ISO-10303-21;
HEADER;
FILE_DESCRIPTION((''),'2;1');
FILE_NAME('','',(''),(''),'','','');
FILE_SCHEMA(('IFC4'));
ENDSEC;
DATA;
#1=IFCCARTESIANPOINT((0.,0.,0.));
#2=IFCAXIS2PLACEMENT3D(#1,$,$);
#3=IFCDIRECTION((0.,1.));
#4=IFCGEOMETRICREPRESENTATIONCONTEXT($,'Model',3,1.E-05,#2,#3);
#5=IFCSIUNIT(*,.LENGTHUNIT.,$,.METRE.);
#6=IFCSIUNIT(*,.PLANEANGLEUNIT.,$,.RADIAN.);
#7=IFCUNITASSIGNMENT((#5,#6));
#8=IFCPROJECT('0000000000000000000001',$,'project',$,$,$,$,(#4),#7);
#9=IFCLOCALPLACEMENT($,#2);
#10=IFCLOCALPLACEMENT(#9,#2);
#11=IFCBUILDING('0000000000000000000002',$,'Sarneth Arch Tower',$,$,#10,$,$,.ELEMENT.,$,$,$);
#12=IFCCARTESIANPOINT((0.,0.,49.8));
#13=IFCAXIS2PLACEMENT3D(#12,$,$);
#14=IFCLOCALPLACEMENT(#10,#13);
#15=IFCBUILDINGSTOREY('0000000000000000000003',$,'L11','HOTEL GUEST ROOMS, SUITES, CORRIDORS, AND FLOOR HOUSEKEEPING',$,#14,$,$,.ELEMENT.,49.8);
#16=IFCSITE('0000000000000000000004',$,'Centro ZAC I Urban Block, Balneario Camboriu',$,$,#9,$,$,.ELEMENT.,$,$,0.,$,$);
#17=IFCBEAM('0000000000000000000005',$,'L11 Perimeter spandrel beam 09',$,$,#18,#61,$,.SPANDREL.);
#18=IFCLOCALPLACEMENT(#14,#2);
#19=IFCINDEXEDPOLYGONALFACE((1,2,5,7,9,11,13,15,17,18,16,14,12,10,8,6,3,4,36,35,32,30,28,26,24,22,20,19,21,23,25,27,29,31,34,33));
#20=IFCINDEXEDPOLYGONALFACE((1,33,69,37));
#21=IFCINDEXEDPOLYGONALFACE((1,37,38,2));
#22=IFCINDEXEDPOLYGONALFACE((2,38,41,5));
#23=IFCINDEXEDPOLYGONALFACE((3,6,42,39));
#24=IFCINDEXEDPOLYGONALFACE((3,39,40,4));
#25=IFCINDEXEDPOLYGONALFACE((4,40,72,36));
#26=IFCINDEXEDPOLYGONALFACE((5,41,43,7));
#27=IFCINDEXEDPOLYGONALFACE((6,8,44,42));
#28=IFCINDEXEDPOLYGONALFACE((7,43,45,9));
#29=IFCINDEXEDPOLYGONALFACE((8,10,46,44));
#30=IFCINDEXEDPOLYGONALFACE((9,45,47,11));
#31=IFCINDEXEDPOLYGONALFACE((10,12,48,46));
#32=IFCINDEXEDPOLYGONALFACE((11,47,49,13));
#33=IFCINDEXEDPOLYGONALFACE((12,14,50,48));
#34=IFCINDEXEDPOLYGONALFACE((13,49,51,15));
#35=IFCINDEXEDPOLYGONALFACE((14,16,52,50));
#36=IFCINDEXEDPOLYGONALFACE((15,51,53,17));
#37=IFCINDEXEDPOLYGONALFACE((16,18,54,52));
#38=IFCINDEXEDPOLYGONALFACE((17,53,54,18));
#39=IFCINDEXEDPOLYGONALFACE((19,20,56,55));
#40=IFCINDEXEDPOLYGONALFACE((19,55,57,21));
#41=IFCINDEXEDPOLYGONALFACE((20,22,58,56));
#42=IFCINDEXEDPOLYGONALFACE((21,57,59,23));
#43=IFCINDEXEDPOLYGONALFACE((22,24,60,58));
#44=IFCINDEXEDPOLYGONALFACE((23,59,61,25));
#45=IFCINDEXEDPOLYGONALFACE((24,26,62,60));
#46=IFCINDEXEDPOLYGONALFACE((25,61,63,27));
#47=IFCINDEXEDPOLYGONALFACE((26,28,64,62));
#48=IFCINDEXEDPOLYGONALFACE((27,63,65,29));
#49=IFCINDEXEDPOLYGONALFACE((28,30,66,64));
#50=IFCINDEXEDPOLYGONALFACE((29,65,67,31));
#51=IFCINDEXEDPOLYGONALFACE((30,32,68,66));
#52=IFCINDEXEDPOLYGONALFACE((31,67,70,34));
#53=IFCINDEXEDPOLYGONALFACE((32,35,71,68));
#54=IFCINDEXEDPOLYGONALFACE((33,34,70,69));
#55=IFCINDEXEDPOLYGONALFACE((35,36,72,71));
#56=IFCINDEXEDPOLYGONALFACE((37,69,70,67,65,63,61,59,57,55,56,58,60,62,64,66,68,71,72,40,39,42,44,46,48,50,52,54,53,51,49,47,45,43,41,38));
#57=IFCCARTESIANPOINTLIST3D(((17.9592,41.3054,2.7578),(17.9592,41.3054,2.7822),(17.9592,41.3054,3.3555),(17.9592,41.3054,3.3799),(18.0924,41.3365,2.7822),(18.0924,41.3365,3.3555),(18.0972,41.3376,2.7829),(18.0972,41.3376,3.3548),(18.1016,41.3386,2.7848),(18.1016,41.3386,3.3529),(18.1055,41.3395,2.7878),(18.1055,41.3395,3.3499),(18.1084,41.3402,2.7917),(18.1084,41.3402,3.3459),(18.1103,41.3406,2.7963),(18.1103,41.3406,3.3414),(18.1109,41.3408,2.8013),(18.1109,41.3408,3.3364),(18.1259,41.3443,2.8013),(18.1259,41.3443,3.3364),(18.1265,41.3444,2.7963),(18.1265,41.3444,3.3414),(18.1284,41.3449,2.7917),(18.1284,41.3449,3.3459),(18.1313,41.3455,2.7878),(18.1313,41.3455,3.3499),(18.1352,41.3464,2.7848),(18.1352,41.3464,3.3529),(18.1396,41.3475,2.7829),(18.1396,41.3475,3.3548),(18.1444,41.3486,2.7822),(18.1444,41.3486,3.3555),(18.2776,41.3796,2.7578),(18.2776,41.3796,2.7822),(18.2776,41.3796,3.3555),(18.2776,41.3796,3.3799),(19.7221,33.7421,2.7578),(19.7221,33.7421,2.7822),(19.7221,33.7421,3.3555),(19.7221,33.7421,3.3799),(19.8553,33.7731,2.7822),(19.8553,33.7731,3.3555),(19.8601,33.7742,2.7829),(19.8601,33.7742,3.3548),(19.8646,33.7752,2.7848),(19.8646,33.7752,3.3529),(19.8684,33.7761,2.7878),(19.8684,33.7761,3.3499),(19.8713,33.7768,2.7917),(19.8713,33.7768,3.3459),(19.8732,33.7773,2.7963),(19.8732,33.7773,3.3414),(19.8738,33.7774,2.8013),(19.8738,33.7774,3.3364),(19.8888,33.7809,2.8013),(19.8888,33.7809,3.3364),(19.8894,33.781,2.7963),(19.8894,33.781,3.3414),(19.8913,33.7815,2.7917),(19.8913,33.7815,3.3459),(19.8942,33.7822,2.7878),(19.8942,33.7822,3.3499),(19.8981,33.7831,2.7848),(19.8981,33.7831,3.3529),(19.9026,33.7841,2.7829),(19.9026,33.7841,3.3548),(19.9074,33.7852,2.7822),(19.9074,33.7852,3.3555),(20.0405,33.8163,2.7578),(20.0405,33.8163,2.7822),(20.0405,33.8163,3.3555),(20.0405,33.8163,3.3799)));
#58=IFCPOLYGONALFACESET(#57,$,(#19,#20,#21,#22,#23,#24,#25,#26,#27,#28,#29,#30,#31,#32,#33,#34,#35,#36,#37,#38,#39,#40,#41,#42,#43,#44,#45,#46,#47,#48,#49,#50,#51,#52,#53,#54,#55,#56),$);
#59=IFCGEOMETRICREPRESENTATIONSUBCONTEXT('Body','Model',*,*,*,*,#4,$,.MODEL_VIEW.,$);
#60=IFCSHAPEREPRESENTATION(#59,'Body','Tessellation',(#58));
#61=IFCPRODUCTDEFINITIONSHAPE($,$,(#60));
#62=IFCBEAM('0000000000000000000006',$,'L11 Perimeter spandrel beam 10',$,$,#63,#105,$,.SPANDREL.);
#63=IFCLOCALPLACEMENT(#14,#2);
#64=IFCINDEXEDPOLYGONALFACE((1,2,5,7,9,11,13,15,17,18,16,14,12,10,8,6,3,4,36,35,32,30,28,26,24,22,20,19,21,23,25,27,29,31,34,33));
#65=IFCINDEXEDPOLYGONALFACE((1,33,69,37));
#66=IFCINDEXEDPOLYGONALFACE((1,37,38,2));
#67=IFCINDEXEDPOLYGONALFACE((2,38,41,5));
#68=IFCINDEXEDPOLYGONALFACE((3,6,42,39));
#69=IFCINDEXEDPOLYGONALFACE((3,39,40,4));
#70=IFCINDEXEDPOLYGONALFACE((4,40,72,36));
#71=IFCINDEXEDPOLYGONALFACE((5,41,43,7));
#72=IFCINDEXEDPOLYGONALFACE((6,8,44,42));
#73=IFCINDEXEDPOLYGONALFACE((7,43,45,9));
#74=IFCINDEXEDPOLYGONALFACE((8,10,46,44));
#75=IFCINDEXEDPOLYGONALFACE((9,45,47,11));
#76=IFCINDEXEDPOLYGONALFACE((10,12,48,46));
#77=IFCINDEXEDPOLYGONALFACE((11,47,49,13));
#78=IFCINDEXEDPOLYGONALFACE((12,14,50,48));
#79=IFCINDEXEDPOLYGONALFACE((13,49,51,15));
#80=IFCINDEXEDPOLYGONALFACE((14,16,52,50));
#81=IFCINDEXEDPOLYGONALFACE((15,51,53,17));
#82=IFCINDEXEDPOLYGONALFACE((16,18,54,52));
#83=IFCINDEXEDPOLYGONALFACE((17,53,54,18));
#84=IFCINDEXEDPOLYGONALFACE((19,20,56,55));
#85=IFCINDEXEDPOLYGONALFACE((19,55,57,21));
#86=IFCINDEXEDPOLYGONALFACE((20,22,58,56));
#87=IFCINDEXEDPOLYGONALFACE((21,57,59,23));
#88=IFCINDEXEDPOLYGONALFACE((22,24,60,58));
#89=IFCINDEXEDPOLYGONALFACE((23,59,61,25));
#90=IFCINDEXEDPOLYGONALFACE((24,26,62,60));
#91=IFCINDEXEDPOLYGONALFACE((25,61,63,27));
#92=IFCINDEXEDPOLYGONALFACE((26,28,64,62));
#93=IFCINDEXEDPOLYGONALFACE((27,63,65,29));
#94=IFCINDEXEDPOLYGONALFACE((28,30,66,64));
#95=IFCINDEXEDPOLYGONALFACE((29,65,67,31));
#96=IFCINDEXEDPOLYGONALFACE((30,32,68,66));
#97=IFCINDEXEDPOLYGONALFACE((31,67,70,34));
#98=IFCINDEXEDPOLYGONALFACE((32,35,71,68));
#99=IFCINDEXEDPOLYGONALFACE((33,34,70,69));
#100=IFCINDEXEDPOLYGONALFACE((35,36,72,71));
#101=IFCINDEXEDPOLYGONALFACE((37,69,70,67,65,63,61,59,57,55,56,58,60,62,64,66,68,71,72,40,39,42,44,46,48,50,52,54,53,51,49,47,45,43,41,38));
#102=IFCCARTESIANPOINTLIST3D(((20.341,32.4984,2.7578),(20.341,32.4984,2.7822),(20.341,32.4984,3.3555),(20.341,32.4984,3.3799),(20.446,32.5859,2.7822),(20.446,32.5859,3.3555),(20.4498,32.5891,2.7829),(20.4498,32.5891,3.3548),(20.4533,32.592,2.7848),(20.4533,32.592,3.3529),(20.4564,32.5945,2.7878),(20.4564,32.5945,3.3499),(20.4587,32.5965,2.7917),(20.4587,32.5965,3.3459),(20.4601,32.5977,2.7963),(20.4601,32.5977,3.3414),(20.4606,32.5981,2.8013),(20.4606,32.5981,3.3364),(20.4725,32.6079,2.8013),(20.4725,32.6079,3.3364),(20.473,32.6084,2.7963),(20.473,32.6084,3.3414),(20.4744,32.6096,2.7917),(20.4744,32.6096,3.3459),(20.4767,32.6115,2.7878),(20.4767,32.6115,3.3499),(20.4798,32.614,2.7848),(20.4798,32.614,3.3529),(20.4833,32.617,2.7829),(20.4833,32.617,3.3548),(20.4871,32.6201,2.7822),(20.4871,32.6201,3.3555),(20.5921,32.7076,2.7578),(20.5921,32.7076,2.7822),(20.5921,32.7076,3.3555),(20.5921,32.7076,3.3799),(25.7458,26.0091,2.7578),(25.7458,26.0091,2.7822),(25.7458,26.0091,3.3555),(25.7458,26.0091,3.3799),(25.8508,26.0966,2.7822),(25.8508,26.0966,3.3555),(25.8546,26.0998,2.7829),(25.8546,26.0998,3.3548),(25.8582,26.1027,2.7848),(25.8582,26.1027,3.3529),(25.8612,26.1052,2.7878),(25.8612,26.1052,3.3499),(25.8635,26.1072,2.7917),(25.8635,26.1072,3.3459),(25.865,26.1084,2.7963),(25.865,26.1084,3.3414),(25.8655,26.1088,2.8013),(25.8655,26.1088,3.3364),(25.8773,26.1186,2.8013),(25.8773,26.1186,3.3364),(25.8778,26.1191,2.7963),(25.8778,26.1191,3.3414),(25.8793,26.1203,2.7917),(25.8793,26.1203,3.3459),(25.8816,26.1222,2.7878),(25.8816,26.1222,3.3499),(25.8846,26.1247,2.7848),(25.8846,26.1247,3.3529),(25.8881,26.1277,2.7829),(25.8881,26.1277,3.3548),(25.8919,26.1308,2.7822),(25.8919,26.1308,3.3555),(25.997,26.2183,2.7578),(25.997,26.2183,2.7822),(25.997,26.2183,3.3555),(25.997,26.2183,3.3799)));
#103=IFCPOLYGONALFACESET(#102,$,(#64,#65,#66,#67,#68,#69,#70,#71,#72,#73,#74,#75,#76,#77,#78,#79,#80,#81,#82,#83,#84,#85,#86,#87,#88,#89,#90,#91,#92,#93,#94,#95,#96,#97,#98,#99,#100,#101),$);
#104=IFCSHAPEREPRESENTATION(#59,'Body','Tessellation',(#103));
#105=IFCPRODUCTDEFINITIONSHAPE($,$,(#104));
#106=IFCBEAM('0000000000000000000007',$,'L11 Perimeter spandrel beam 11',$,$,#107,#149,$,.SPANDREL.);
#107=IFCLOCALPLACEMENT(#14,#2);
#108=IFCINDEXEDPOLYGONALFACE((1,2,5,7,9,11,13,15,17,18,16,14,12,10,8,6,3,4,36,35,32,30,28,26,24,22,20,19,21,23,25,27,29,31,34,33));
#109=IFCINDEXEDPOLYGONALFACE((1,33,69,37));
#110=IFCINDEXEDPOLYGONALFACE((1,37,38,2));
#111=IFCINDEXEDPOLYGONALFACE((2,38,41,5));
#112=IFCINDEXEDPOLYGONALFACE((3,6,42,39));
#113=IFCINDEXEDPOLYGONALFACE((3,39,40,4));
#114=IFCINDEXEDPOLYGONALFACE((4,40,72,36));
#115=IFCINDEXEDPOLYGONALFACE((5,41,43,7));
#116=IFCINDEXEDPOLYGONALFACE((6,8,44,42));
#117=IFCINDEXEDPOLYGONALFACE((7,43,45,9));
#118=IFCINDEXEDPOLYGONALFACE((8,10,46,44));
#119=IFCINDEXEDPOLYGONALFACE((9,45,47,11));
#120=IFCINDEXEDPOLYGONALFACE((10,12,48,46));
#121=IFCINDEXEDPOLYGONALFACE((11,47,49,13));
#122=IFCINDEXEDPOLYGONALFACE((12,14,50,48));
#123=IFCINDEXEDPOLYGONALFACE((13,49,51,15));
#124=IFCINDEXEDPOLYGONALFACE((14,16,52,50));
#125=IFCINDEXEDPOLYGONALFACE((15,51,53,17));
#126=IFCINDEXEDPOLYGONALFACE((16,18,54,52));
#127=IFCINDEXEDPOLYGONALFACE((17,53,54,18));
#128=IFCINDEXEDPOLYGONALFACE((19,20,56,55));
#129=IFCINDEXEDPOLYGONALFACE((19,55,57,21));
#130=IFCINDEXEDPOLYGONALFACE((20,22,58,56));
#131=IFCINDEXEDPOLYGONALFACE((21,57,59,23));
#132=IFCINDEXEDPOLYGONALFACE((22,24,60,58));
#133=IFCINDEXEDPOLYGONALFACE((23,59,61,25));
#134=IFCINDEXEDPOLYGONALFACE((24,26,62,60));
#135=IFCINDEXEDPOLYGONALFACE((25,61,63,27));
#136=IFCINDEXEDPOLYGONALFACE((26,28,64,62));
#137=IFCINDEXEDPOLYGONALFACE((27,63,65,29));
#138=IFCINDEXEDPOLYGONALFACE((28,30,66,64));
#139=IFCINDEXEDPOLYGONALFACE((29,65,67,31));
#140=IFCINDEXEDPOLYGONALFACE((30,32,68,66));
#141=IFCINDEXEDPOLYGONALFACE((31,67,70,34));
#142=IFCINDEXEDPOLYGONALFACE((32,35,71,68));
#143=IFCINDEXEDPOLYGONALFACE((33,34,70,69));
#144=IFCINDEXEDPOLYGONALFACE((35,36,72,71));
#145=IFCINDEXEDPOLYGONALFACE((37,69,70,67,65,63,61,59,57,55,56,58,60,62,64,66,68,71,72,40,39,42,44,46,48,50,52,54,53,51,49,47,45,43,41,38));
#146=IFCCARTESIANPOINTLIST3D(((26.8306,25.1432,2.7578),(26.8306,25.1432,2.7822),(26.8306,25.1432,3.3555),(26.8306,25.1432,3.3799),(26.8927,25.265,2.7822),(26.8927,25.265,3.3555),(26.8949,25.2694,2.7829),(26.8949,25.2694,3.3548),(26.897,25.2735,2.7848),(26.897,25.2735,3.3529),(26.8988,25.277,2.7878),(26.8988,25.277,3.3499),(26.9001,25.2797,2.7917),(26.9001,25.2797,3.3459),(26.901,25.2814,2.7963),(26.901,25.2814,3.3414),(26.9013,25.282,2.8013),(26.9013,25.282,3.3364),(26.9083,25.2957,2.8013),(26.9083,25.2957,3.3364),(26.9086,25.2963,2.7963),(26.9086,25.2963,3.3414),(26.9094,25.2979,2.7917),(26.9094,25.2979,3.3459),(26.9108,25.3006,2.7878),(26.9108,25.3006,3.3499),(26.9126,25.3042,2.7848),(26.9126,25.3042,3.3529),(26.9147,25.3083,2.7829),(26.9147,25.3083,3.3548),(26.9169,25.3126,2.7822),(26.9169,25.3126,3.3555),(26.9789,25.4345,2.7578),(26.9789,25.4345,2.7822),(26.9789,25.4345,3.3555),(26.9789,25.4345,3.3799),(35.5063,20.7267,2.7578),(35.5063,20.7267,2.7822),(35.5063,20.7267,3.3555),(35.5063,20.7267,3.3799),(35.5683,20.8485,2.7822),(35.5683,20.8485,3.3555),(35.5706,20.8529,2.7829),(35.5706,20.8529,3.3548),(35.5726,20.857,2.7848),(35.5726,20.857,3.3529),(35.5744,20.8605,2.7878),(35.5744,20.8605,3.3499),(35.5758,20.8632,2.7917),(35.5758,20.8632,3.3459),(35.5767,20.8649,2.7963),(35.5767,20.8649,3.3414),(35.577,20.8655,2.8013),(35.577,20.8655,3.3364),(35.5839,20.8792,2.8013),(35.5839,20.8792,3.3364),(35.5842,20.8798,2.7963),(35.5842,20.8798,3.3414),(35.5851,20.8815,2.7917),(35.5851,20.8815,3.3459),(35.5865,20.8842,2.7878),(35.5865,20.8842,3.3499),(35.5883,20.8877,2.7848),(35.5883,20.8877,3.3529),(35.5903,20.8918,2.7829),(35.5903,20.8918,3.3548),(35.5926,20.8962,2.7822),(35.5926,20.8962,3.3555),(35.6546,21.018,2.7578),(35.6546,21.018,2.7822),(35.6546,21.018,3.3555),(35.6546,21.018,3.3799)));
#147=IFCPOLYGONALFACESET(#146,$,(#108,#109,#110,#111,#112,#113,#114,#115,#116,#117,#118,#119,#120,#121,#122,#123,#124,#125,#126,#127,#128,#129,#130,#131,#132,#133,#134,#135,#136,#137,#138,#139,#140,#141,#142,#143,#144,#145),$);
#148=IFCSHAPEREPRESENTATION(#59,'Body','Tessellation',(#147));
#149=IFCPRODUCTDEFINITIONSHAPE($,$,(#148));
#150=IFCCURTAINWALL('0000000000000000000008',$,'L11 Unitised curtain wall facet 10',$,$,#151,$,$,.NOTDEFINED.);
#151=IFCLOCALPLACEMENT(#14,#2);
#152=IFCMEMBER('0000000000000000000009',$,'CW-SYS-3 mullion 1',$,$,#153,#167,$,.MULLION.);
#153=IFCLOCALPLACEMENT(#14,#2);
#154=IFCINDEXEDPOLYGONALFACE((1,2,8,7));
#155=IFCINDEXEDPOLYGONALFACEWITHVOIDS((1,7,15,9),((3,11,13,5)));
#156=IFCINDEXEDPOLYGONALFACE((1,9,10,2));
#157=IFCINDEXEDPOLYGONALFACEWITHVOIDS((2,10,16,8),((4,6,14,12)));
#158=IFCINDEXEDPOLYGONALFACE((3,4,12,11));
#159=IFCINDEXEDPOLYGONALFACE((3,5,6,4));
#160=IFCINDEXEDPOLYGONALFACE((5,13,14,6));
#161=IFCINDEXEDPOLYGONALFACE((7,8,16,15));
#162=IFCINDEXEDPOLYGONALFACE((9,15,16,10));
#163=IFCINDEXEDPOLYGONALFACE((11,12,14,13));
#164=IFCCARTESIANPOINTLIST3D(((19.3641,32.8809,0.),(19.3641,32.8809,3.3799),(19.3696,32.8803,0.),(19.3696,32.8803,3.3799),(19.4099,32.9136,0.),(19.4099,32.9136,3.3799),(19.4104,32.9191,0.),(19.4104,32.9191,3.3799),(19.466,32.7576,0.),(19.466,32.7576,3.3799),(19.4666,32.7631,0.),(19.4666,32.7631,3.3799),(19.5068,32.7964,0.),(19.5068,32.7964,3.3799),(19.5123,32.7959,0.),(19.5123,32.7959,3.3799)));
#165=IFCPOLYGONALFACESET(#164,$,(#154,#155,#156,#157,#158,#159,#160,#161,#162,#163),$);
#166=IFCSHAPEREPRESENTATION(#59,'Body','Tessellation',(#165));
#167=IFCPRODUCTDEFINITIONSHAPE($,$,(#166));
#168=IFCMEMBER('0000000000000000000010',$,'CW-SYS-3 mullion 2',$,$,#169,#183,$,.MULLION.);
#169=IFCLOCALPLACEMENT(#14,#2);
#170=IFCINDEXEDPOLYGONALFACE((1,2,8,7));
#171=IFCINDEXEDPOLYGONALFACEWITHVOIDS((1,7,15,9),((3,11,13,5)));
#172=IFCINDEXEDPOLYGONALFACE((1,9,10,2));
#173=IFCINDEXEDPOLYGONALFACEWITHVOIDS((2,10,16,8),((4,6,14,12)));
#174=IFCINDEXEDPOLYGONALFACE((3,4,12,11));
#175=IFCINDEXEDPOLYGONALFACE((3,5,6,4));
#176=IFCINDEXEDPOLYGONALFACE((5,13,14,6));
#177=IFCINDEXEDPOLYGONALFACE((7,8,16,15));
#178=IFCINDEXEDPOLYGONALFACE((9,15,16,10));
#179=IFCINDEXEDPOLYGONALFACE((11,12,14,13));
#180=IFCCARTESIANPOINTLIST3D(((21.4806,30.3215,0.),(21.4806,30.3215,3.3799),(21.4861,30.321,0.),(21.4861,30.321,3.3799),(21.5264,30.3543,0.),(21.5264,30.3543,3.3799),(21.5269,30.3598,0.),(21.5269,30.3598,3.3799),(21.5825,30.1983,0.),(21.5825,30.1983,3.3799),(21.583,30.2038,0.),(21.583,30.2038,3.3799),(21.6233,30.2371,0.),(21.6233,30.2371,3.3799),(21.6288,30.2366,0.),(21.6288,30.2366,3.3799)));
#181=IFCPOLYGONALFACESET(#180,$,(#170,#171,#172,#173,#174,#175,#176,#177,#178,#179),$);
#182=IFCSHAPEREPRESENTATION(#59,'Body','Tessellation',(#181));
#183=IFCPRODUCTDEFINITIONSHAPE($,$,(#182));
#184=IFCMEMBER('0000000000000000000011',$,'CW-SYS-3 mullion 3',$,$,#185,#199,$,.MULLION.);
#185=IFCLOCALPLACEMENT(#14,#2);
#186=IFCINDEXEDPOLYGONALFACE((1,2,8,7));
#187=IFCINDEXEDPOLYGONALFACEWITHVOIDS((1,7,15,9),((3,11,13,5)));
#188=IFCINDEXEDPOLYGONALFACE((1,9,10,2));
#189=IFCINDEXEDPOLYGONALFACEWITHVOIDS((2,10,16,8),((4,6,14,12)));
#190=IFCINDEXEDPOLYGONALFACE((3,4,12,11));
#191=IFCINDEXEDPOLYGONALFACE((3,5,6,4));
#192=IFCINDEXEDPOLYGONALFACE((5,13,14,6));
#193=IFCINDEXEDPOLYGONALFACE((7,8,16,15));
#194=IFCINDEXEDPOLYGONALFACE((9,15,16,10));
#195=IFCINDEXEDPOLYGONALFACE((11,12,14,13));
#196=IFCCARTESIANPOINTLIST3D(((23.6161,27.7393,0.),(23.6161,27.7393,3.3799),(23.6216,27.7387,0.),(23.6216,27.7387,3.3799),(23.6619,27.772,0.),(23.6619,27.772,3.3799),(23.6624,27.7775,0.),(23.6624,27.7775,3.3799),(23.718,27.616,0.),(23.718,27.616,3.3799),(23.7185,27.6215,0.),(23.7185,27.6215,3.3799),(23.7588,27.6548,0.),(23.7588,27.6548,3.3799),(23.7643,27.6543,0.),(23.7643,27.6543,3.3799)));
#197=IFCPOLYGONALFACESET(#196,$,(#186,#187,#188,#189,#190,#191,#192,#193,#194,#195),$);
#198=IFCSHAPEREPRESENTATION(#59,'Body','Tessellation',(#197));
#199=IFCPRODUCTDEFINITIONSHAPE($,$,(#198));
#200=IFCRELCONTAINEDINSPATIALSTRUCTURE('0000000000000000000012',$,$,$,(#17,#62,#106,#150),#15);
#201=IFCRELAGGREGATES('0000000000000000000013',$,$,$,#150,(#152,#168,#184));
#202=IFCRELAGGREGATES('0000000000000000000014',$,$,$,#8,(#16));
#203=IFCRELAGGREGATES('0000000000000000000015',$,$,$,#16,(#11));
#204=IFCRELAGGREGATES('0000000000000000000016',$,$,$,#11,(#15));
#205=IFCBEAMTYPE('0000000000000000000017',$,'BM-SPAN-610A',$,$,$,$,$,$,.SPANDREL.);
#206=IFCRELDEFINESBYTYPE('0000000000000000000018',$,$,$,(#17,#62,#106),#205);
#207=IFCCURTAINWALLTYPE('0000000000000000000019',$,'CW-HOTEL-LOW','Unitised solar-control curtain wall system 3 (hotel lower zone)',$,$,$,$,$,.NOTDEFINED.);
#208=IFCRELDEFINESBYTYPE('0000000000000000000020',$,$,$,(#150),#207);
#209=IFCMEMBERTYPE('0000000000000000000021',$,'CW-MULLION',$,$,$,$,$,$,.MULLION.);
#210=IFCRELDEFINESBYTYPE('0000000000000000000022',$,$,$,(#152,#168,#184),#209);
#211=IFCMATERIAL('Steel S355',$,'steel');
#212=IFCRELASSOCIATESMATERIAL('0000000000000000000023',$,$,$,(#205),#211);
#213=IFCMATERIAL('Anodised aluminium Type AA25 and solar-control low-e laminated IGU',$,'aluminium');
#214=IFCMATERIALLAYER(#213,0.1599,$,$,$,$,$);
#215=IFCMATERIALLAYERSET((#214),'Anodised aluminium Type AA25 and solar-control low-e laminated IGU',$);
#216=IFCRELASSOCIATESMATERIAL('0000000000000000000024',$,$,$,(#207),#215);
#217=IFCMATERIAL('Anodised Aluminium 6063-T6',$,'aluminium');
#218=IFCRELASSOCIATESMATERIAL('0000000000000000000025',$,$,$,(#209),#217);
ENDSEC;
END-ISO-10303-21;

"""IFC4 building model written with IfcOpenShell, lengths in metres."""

from ifc_helpers import new_model, si_unit, direction, frame, origin, origin_2d, place, context, subcontext, project, spatial, hollow_rectangle, i_section, extrude, material, layer, layer_set, material_profile, profile_set, type_object, element, aggregate, save


model = new_model("IFC4")

# Units and contexts
model_context = context("Model", 3, precision=1e-05, world=origin(), true_north=direction((0.0, 1.0)))
body_context = subcontext(model_context, "Body", "Model", "MODEL_VIEW")
ifc_project = project(units=[si_unit("LENGTHUNIT", "METRE"), si_unit("PLANEANGLEUNIT", "RADIAN")], contexts=[model_context])

# Site, building, storey
site_placement = place(None, origin())
site = spatial("IfcSite", under=ifc_project, at=site_placement, Name="Centro ZAC I Urban Block, Balneario Camboriu", CompositionType="ELEMENT", RefElevation=0.0)
building_placement = place(site_placement, origin())
building = spatial("IfcBuilding", under=site, at=building_placement, Name="Sarneth Arch Tower", CompositionType="ELEMENT")
storey_placement = place(building_placement, frame((0.0, 0.0, 49.8)))
storey = spatial("IfcBuildingStorey", under=building, at=storey_placement, Name="L11", Description="HOTEL GUEST ROOMS, SUITES, CORRIDORS, AND FLOOR HOUSEKEEPING", CompositionType="ELEMENT", Elevation=49.8)

# Beams
ifc_material_1 = material(Name="Steel S355", Category="steel")
ifc_material_profile_1 = material_profile(ifc_material_1, i_section(OverallWidth=0.3269, OverallDepth=0.6221, WebThickness=0.0154, FlangeThickness=0.0244, FilletRadius=0.019, at=origin_2d()), Name="W610x195")
ifc_profile_set_1 = profile_set([ifc_material_profile_1], Name="Steel S355")
beam_type = type_object("IfcBeamType", Name="BM-SPAN-610A", PredefinedType="SPANDREL", material=ifc_profile_set_1)
beam_1_placement = place(storey_placement, frame((18.1184, 41.3425, 3.0688), z_axis=(0.227001, -0.973895, 0.0), x_axis=(0.973895, 0.227001, 0.0)))
element("IfcBeam", 1, at=beam_1_placement, inside=storey, type_object=beam_type, Name="L11 Perimeter spandrel beam 09", PredefinedType="SPANDREL", context=body_context, shape_type="SweptSolid", body=[
    extrude(i_section(OverallWidth=0.3269, OverallDepth=0.6221, WebThickness=0.0154, FlangeThickness=0.0244, FilletRadius=0.019, at=origin_2d()), origin(), (0.0, 0.0, 1.0), 7.7661),
])
beam_2_placement = place(storey_placement, frame((20.4666, 32.603, 3.0688), z_axis=(0.63998, -0.768392, 0.0), x_axis=(0.768392, 0.63998, 0.0)))
element("IfcBeam", 2, at=beam_2_placement, inside=storey, type_object=beam_type, Name="L11 Perimeter spandrel beam 10", PredefinedType="SPANDREL", context=body_context, shape_type="SweptSolid", body=[
    extrude(i_section(OverallWidth=0.3269, OverallDepth=0.6221, WebThickness=0.0154, FlangeThickness=0.0244, FilletRadius=0.019, at=origin_2d()), origin(), (0.0, 0.0, 1.0), 8.4453),
])
beam_3_placement = place(storey_placement, frame((26.9048, 25.2888, 3.0688), z_axis=(0.891174, -0.453662, 0.0), x_axis=(0.453662, 0.891174, 0.0)))
element("IfcBeam", 3, at=beam_3_placement, inside=storey, type_object=beam_type, Name="L11 Perimeter spandrel beam 11", PredefinedType="SPANDREL", context=body_context, shape_type="SweptSolid", body=[
    extrude(i_section(OverallWidth=0.3269, OverallDepth=0.6221, WebThickness=0.0154, FlangeThickness=0.0244, FilletRadius=0.019, at=origin_2d()), origin(), (0.0, 0.0, 1.0), 9.7351),
])

# Curtain wall, members
ifc_material_2 = material(Name="Anodised aluminium Type AA25 and solar-control low-e laminated IGU", Category="aluminium")
ifc_layer_1 = layer(ifc_material_2, 0.1599)
ifc_layer_set_1 = layer_set([ifc_layer_1], Name="Anodised aluminium Type AA25 and solar-control low-e laminated IGU")
curtain_wall_type = type_object("IfcCurtainWallType", Name="CW-HOTEL-LOW", Description="Unitised solar-control curtain wall system 3 (hotel lower zone)", PredefinedType="NOTDEFINED", material=ifc_layer_set_1)
curtain_wall_placement = place(storey_placement, origin())
curtain_wall = element("IfcCurtainWall", 4, at=curtain_wall_placement, inside=storey, type_object=curtain_wall_type, Name="L11 Unitised curtain wall facet 10", PredefinedType="NOTDEFINED")
ifc_material_3 = material(Name="Anodised Aluminium 6063-T6", Category="aluminium")
ifc_material_profile_2 = material_profile(ifc_material_3, hollow_rectangle(XDim=0.0601, YDim=0.1599, WallThickness=0.0039, at=origin_2d()), Name="AL-MULL-160x60x4")
ifc_profile_set_2 = profile_set([ifc_material_profile_2], Name="Anodised Aluminium 6063-T6")
member_type_1 = type_object("IfcMemberType", Name="CW-MULLION", PredefinedType="MULLION", material=ifc_profile_set_2)
member_1_placement = place(storey_placement, frame((19.4382, 32.8384, 0.0), z_axis=(0.0, 0.0, 1.0), x_axis=(0.770623, 0.637291, 0.0)))
member_1 = element("IfcMember", 5, at=member_1_placement, type_object=member_type_1, Name="CW-SYS-3 mullion 1", PredefinedType="MULLION", context=body_context, shape_type="SweptSolid", body=[
    extrude(hollow_rectangle(XDim=0.0601, YDim=0.1599, WallThickness=0.0039, at=origin_2d()), origin(), (0.0, 0.0, 1.0), 3.3799),
])
member_2_placement = place(storey_placement, frame((21.5547, 30.2791, 0.0), z_axis=(0.0, 0.0, 1.0), x_axis=(0.770623, 0.637291, 0.0)))
member_2 = element("IfcMember", 6, at=member_2_placement, type_object=member_type_1, Name="CW-SYS-3 mullion 2", PredefinedType="MULLION", context=body_context, shape_type="SweptSolid", body=[
    extrude(hollow_rectangle(XDim=0.0601, YDim=0.1599, WallThickness=0.0039, at=origin_2d()), origin(), (0.0, 0.0, 1.0), 3.3799),
])
member_3_placement = place(storey_placement, frame((23.6902, 27.6968, 0.0), z_axis=(0.0, 0.0, 1.0), x_axis=(0.770623, 0.637291, 0.0)))
member_3 = element("IfcMember", 7, at=member_3_placement, type_object=member_type_1, Name="CW-SYS-3 mullion 3", PredefinedType="MULLION", context=body_context, shape_type="SweptSolid", body=[
    extrude(hollow_rectangle(XDim=0.0601, YDim=0.1599, WallThickness=0.0039, at=origin_2d()), origin(), (0.0, 0.0, 1.0), 3.3799),
])

aggregate(curtain_wall, [member_1, member_2, member_3])

save(model, "model.ifc")
